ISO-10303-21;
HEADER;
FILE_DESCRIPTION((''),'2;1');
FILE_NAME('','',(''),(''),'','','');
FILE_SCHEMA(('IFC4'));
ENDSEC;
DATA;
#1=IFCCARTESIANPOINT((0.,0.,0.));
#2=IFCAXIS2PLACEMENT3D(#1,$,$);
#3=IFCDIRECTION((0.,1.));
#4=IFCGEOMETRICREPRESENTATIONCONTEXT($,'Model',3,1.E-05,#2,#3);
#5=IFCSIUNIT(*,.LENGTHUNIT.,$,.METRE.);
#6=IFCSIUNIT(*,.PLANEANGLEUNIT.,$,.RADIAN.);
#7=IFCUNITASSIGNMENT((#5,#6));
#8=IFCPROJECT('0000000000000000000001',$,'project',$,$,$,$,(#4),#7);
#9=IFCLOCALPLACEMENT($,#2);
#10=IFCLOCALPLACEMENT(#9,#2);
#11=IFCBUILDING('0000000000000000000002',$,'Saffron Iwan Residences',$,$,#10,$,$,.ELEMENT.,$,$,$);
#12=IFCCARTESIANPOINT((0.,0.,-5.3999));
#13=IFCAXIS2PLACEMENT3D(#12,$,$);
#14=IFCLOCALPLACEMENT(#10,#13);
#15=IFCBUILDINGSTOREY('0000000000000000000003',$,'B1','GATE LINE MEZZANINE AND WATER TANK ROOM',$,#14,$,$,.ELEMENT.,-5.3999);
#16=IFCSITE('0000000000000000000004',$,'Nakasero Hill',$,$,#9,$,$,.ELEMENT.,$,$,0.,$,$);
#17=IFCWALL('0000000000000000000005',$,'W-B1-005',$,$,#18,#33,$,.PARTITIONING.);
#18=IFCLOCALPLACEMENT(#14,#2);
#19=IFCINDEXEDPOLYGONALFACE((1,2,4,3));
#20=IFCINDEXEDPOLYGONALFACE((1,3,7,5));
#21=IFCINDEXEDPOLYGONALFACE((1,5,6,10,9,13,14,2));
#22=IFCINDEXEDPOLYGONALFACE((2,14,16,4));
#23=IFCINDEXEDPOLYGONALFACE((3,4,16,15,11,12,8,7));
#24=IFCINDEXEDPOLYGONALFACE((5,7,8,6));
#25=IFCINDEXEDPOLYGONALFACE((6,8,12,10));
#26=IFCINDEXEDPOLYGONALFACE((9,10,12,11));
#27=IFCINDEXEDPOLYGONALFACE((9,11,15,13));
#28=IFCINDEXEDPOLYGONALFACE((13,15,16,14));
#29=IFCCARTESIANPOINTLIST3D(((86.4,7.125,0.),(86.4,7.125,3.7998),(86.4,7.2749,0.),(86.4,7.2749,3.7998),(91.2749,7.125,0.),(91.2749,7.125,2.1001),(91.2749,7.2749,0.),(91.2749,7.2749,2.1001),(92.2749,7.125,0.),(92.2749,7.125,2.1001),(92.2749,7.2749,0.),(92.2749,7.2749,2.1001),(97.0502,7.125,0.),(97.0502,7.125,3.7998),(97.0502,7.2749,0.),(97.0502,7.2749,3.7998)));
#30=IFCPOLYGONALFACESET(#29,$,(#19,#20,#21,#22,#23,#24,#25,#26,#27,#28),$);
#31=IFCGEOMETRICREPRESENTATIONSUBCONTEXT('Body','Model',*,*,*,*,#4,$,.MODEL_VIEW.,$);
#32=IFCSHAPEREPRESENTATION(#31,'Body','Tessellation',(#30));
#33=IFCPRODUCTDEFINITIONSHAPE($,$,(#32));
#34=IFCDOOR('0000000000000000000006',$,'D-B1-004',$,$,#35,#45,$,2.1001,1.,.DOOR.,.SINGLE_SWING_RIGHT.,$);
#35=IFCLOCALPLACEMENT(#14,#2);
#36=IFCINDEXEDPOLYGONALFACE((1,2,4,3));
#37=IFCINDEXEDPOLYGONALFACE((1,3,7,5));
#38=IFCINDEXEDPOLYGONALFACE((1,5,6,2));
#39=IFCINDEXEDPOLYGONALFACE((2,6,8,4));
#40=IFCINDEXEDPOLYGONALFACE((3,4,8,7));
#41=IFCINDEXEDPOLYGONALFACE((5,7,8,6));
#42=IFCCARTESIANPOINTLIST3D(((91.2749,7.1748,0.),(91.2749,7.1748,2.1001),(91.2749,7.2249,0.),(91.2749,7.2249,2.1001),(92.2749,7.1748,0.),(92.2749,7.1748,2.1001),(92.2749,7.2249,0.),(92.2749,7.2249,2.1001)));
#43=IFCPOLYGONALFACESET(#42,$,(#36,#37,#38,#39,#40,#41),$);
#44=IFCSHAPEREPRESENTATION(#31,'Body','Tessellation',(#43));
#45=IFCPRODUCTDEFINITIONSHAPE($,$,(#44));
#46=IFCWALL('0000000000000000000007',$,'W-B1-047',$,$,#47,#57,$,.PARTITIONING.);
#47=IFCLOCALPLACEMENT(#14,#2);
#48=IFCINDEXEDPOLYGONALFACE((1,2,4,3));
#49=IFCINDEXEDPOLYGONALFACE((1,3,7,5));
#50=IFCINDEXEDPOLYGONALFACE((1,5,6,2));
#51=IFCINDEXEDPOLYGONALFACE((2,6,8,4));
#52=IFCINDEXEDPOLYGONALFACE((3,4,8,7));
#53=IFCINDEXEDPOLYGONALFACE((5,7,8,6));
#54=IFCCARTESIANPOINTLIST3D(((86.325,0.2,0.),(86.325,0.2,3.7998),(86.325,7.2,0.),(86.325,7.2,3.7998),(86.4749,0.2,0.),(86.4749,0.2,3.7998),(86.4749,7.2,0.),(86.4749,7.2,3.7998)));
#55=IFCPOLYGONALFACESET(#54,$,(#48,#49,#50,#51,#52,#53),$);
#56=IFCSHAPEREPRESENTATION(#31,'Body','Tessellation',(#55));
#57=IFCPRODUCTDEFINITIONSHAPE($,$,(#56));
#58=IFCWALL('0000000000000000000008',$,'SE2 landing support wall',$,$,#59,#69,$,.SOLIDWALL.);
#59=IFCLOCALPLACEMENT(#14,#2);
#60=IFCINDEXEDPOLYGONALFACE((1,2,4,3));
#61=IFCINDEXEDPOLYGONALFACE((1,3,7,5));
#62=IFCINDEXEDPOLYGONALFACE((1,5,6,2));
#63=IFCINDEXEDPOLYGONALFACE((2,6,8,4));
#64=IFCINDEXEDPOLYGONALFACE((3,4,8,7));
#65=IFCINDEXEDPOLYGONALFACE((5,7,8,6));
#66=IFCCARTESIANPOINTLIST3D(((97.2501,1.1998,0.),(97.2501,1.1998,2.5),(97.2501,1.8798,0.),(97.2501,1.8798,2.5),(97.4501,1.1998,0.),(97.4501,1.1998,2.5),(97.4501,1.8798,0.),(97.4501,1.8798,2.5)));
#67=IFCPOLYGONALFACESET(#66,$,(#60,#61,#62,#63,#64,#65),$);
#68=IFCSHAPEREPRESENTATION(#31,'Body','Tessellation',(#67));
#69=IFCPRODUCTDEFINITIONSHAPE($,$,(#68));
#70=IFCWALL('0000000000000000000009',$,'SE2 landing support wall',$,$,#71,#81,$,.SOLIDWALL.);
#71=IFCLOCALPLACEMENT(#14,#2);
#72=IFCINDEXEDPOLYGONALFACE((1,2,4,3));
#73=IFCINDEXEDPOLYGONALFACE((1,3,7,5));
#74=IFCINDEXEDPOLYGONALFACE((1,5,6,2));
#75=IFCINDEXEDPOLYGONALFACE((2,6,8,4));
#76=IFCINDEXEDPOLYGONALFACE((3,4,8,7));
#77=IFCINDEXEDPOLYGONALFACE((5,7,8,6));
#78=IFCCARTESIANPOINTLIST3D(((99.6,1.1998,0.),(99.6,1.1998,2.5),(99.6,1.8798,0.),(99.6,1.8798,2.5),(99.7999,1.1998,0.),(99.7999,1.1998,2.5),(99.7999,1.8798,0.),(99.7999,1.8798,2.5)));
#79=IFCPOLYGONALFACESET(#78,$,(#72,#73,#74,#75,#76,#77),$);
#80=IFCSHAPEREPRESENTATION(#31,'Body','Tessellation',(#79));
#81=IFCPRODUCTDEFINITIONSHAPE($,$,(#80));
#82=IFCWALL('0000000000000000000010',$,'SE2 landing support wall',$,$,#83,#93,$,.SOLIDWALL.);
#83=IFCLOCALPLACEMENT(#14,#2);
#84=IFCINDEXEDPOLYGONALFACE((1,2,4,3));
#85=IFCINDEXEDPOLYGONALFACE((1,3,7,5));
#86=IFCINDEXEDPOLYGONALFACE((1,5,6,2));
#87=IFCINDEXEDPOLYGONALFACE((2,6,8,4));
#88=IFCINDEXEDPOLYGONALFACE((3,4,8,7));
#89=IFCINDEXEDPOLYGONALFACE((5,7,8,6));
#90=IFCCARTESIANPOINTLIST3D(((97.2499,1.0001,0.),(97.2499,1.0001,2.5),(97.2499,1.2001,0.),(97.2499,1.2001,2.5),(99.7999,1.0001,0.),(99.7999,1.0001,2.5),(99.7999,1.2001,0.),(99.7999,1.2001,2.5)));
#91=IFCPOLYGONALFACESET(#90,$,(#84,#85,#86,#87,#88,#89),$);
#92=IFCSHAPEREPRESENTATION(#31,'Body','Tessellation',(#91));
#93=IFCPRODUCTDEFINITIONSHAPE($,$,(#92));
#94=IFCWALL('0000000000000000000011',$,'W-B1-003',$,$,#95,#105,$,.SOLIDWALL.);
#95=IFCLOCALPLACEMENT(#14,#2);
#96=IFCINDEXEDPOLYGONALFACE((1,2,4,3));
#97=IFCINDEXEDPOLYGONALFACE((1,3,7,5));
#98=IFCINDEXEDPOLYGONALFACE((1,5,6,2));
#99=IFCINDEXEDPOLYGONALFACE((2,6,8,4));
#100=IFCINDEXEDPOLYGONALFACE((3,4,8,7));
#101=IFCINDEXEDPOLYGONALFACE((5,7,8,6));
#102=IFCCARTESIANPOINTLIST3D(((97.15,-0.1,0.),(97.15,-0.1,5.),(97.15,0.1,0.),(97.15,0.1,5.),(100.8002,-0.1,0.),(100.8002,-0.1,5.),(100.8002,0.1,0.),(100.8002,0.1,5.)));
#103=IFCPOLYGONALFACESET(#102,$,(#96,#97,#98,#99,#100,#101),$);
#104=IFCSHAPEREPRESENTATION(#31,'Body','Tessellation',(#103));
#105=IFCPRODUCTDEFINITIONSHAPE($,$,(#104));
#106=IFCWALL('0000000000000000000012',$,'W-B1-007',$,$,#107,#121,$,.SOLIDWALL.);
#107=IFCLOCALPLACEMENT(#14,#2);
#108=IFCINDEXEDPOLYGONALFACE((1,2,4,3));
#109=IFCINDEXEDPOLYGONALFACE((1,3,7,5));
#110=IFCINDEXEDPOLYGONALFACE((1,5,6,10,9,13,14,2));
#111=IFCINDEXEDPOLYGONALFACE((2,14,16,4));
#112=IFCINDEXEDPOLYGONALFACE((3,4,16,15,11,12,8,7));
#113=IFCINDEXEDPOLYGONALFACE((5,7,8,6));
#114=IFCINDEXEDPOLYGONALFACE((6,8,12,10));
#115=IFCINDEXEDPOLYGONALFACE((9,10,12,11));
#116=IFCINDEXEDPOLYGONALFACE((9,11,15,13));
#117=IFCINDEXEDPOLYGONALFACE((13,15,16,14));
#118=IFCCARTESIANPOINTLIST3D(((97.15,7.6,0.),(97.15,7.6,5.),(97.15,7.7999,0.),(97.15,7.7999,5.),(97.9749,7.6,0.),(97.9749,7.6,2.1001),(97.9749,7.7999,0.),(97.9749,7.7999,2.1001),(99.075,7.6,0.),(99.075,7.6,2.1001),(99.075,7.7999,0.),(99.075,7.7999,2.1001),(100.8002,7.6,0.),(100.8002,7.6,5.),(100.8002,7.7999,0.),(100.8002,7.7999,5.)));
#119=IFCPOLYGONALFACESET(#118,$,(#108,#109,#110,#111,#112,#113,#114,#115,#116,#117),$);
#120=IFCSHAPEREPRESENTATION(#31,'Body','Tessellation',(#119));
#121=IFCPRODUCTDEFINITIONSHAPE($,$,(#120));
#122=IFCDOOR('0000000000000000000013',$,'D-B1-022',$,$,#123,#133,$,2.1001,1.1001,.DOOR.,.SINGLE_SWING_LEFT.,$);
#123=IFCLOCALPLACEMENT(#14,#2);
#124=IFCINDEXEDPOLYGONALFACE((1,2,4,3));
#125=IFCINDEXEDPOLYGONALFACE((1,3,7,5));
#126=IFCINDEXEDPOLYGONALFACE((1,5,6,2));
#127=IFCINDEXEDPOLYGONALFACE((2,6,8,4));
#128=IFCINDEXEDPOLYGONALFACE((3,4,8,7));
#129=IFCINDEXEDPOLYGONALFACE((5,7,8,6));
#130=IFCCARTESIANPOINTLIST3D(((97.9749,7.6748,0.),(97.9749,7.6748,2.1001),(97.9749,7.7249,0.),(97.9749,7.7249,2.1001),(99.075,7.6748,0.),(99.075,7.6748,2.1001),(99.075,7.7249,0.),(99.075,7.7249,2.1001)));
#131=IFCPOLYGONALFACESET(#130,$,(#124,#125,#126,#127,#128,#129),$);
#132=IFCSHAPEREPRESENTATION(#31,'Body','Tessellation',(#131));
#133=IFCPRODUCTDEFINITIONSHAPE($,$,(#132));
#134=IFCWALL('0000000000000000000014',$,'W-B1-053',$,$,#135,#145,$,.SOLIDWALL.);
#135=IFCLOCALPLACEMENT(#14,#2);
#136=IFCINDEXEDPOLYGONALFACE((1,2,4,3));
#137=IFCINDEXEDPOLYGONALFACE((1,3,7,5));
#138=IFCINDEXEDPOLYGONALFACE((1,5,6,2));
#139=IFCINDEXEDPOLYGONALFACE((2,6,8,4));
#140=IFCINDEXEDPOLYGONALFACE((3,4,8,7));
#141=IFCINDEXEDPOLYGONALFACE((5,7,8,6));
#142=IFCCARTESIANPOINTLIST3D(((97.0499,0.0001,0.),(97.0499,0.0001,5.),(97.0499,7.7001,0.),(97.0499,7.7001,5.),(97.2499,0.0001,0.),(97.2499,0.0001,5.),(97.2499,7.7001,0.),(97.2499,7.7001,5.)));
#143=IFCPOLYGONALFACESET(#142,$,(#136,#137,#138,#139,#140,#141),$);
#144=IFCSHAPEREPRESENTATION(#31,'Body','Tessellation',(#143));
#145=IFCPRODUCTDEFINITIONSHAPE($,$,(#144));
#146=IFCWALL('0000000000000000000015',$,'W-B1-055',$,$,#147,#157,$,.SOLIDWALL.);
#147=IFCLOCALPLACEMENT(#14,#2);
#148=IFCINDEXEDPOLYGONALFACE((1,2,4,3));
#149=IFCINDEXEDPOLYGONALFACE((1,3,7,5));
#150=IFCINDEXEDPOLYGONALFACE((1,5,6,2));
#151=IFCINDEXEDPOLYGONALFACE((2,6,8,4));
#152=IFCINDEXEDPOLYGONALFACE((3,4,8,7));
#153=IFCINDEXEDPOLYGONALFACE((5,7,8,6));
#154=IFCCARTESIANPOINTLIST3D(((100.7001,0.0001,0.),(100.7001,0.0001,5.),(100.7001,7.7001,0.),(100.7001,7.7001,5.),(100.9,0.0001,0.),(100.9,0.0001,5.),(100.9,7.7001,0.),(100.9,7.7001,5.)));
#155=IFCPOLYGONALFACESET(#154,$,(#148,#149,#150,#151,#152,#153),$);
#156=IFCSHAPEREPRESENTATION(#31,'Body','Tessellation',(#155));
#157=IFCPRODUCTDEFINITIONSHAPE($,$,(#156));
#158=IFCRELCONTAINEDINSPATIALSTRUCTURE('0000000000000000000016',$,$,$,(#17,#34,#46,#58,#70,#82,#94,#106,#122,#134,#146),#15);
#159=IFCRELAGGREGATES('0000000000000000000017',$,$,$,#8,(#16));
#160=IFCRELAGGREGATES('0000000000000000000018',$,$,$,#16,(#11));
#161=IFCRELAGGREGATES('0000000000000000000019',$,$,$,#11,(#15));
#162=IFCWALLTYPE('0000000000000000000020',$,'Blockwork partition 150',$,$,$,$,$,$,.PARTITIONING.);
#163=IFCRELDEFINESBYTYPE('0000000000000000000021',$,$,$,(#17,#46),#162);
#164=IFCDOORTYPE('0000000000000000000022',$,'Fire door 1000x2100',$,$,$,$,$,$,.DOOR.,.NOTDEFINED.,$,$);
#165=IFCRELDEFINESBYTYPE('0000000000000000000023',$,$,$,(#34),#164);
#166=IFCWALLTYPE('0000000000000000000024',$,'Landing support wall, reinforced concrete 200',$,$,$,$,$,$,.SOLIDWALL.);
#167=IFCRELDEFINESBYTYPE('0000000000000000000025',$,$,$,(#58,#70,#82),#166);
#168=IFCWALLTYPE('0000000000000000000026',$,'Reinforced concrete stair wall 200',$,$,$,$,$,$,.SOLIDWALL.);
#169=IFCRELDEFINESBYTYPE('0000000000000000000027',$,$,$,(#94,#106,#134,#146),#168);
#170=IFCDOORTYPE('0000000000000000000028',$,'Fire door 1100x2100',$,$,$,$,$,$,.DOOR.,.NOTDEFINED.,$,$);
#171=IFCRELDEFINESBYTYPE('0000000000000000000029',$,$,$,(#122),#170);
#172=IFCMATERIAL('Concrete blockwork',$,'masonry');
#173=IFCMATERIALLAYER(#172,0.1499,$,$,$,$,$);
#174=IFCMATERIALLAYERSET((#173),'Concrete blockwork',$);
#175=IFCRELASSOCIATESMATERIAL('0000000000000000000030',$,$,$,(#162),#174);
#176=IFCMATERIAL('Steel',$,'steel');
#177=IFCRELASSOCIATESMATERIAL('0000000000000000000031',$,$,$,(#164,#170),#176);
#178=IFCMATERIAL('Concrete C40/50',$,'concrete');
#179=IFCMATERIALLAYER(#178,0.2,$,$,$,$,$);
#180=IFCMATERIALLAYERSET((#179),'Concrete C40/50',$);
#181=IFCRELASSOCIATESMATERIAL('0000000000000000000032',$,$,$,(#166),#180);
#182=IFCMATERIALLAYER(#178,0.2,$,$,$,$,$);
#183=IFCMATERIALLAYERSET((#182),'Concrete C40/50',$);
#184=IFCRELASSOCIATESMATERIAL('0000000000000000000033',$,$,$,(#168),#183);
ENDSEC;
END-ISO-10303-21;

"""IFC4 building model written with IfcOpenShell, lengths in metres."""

from ifc_helpers import new_model, si_unit, direction, frame, frame_2d, origin, place, context, subcontext, project, spatial, rectangle, extrude, material, layer, layer_set, type_object, element, fill, save


model = new_model("IFC4")

# Units and contexts
model_context = context("Model", 3, precision=1e-05, world=origin(), true_north=direction((0.0, 1.0)))
body_context = subcontext(model_context, "Body", "Model", "MODEL_VIEW")
ifc_project = project(units=[si_unit("LENGTHUNIT", "METRE"), si_unit("PLANEANGLEUNIT", "RADIAN")], contexts=[model_context])

# Site, building, storey
site_placement = place(None, origin())
site = spatial("IfcSite", under=ifc_project, at=site_placement, Name="Nakasero Hill", CompositionType="ELEMENT", RefElevation=0.0)
building_placement = place(site_placement, origin())
building = spatial("IfcBuilding", under=site, at=building_placement, Name="Saffron Iwan Residences", CompositionType="ELEMENT")
storey_placement = place(building_placement, frame((0.0, 0.0, -5.3999)))
storey = spatial("IfcBuildingStorey", under=building, at=storey_placement, Name="B1", Description="GATE LINE MEZZANINE AND WATER TANK ROOM", CompositionType="ELEMENT", Elevation=-5.3999)

# Shared definitions
ifc_material_1 = material(Name="Concrete C40/50", Category="concrete")

# Wall, opening, door
ifc_material_2 = material(Name="Concrete blockwork", Category="masonry")
ifc_layer_1 = layer(ifc_material_2, 0.1499)
ifc_layer_set_1 = layer_set([ifc_layer_1], Name="Concrete blockwork")
wall_type_1 = type_object("IfcWallType", Name="Blockwork partition 150", PredefinedType="PARTITIONING", material=ifc_layer_set_1)
wall_1_placement = place(storey_placement, frame((86.3999, 7.2, 0.0), z_axis=(0.0, 0.0, 1.0), x_axis=(1.0, 0.0, 0.0)))
wall_1 = element("IfcWall", 1, at=wall_1_placement, inside=storey, type_object=wall_type_1, Name="W-B1-005", PredefinedType="PARTITIONING", context=body_context, shape_type="SweptSolid", body=[
    extrude(rectangle(XDim=10.6501, YDim=0.1499, at=frame_2d((5.3252, 0.0))), origin(), (0.0, 0.0, 1.0), 3.7998),
])
opening_1_placement = place(wall_1_placement, frame((4.875, 0.0, 0.0)))
opening_1 = element("IfcOpeningElement", 2, at=opening_1_placement, cuts=wall_1, PredefinedType="OPENING", context=body_context, shape_type="SweptSolid", body=[
    extrude(rectangle(XDim=1.0, YDim=2.1001, at=frame_2d((0.5, 1.05))), frame((0.0, 0.085, 0.0), z_axis=(0.0, -1.0, 0.0), x_axis=(1.0, 0.0, 0.0)), (0.0, 0.0, 1.0), 0.1699),
])
ifc_material_3 = material(Name="Steel", Category="steel")
door_type_1 = type_object("IfcDoorType", Name="Fire door 1000x2100", OperationType="NOTDEFINED", PredefinedType="DOOR", material=ifc_material_3)
door_1_placement = place(opening_1_placement, origin())
door_1 = element("IfcDoor", 3, at=door_1_placement, inside=storey, type_object=door_type_1, Name="D-B1-004", OperationType="SINGLE_SWING_RIGHT", OverallHeight=2.1001, OverallWidth=1.0, PredefinedType="DOOR", context=body_context, shape_type="SweptSolid", body=[
    extrude(rectangle(XDim=1.0, YDim=2.1001, at=frame_2d((0.5, 1.05))), frame((0.0, 0.0249, 0.0), z_axis=(0.0, -1.0, 0.0), x_axis=(1.0, 0.0, 0.0)), (0.0, 0.0, 1.0), 0.05),
])
fill(opening_1, door_1)

# Walls
wall_2_placement = place(storey_placement, frame((86.3999, 0.2, 0.0), z_axis=(0.0, 0.0, 1.0), x_axis=(0.0, 1.0, 0.0)))
element("IfcWall", 4, at=wall_2_placement, inside=storey, type_object=wall_type_1, Name="W-B1-047", PredefinedType="PARTITIONING", context=body_context, shape_type="SweptSolid", body=[
    extrude(rectangle(XDim=7.0, YDim=0.1499, at=frame_2d((3.5, 0.0))), origin(), (0.0, 0.0, 1.0), 3.7998),
])
ifc_layer_2 = layer(ifc_material_1, 0.2)
ifc_layer_set_2 = layer_set([ifc_layer_2], Name="Concrete C40/50")
wall_type_2 = type_object("IfcWallType", Name="Landing support wall, reinforced concrete 200", PredefinedType="SOLIDWALL", material=ifc_layer_set_2)
for number, where, z_axis, x_axis, name in (
    (5, (97.3501, 1.2, 0.0), (0.0, 0.0, 1.0), (0.0, 1.0, 0.0), "SE2 landing support wall"),
    (6, (99.7, 1.2, 0.0), (0.0, 0.0, 1.0), (0.0, 1.0, 0.0), "SE2 landing support wall"),
):
    element("IfcWall", number, at=place(storey_placement, frame(where, z_axis=z_axis, x_axis=x_axis)), inside=storey, type_object=wall_type_2, Name=name, PredefinedType="SOLIDWALL", context=body_context, shape_type="SweptSolid", body=[
        extrude(rectangle(XDim=0.6799, YDim=0.2, at=frame_2d((0.3398, 0.0))), origin(), (0.0, 0.0, 1.0), 2.5),
    ])
wall_3_placement = place(storey_placement, frame((97.25, 1.1001, 0.0), z_axis=(0.0, 0.0, 1.0), x_axis=(1.0, 0.0, 0.0)))
element("IfcWall", 7, at=wall_3_placement, inside=storey, type_object=wall_type_2, Name="SE2 landing support wall", PredefinedType="SOLIDWALL", context=body_context, shape_type="SweptSolid", body=[
    extrude(rectangle(XDim=2.55, YDim=0.2, at=frame_2d((1.2749, 0.0))), origin(), (0.0, 0.0, 1.0), 2.5),
])
ifc_layer_3 = layer(ifc_material_1, 0.2)
ifc_layer_set_3 = layer_set([ifc_layer_3], Name="Concrete C40/50")
wall_type_3 = type_object("IfcWallType", Name="Reinforced concrete stair wall 200", PredefinedType="SOLIDWALL", material=ifc_layer_set_3)
wall_4_placement = place(storey_placement, frame((97.1499, 0.0, 0.0), z_axis=(0.0, 0.0, 1.0), x_axis=(1.0, 0.0, 0.0)))
element("IfcWall", 8, at=wall_4_placement, inside=storey, type_object=wall_type_3, Name="W-B1-003", PredefinedType="SOLIDWALL", context=body_context, shape_type="SweptSolid", body=[
    extrude(rectangle(XDim=3.6501, YDim=0.2, at=frame_2d((1.8252, 0.0))), origin(), (0.0, 0.0, 1.0), 5.0),
])

# Wall, opening, door
wall_5_placement = place(storey_placement, frame((97.1499, 7.7, 0.0), z_axis=(0.0, 0.0, 1.0), x_axis=(1.0, 0.0, 0.0)))
wall_5 = element("IfcWall", 9, at=wall_5_placement, inside=storey, type_object=wall_type_3, Name="W-B1-007", PredefinedType="SOLIDWALL", context=body_context, shape_type="SweptSolid", body=[
    extrude(rectangle(XDim=3.6501, YDim=0.2, at=frame_2d((1.8252, 0.0))), origin(), (0.0, 0.0, 1.0), 5.0),
])
opening_2_placement = place(wall_5_placement, frame((0.825, 0.0, 0.0)))
opening_2 = element("IfcOpeningElement", 10, at=opening_2_placement, cuts=wall_5, PredefinedType="OPENING", context=body_context, shape_type="SweptSolid", body=[
    extrude(rectangle(XDim=1.1001, YDim=2.1001, at=frame_2d((0.55, 1.05))), frame((0.0, 0.1099, 0.0), z_axis=(0.0, -1.0, 0.0), x_axis=(1.0, 0.0, 0.0)), (0.0, 0.0, 1.0), 0.22),
])
door_type_2 = type_object("IfcDoorType", Name="Fire door 1100x2100", OperationType="NOTDEFINED", PredefinedType="DOOR", material=ifc_material_3)
door_2_placement = place(opening_2_placement, origin())
door_2 = element("IfcDoor", 11, at=door_2_placement, inside=storey, type_object=door_type_2, Name="D-B1-022", OperationType="SINGLE_SWING_LEFT", OverallHeight=2.1001, OverallWidth=1.1001, PredefinedType="DOOR", context=body_context, shape_type="SweptSolid", body=[
    extrude(rectangle(XDim=1.1001, YDim=2.1001, at=frame_2d((0.55, 1.05))), frame((0.0, 0.0249, 0.0), z_axis=(0.0, -1.0, 0.0), x_axis=(1.0, 0.0, 0.0)), (0.0, 0.0, 1.0), 0.05),
])
fill(opening_2, door_2)

# Walls
for number, where, z_axis, x_axis, name in (
    (12, (97.1499, 0.0, 0.0), (0.0, 0.0, 1.0), (0.0, 1.0, 0.0), "W-B1-053"),
    (13, (100.8, 0.0, 0.0), (0.0, 0.0, 1.0), (0.0, 1.0, 0.0), "W-B1-055"),
):
    element("IfcWall", number, at=place(storey_placement, frame(where, z_axis=z_axis, x_axis=x_axis)), inside=storey, type_object=wall_type_3, Name=name, PredefinedType="SOLIDWALL", context=body_context, shape_type="SweptSolid", body=[
        extrude(rectangle(XDim=7.7, YDim=0.2, at=frame_2d((3.8501, 0.0))), origin(), (0.0, 0.0, 1.0), 5.0),
    ])

save(model, "model.ifc")
